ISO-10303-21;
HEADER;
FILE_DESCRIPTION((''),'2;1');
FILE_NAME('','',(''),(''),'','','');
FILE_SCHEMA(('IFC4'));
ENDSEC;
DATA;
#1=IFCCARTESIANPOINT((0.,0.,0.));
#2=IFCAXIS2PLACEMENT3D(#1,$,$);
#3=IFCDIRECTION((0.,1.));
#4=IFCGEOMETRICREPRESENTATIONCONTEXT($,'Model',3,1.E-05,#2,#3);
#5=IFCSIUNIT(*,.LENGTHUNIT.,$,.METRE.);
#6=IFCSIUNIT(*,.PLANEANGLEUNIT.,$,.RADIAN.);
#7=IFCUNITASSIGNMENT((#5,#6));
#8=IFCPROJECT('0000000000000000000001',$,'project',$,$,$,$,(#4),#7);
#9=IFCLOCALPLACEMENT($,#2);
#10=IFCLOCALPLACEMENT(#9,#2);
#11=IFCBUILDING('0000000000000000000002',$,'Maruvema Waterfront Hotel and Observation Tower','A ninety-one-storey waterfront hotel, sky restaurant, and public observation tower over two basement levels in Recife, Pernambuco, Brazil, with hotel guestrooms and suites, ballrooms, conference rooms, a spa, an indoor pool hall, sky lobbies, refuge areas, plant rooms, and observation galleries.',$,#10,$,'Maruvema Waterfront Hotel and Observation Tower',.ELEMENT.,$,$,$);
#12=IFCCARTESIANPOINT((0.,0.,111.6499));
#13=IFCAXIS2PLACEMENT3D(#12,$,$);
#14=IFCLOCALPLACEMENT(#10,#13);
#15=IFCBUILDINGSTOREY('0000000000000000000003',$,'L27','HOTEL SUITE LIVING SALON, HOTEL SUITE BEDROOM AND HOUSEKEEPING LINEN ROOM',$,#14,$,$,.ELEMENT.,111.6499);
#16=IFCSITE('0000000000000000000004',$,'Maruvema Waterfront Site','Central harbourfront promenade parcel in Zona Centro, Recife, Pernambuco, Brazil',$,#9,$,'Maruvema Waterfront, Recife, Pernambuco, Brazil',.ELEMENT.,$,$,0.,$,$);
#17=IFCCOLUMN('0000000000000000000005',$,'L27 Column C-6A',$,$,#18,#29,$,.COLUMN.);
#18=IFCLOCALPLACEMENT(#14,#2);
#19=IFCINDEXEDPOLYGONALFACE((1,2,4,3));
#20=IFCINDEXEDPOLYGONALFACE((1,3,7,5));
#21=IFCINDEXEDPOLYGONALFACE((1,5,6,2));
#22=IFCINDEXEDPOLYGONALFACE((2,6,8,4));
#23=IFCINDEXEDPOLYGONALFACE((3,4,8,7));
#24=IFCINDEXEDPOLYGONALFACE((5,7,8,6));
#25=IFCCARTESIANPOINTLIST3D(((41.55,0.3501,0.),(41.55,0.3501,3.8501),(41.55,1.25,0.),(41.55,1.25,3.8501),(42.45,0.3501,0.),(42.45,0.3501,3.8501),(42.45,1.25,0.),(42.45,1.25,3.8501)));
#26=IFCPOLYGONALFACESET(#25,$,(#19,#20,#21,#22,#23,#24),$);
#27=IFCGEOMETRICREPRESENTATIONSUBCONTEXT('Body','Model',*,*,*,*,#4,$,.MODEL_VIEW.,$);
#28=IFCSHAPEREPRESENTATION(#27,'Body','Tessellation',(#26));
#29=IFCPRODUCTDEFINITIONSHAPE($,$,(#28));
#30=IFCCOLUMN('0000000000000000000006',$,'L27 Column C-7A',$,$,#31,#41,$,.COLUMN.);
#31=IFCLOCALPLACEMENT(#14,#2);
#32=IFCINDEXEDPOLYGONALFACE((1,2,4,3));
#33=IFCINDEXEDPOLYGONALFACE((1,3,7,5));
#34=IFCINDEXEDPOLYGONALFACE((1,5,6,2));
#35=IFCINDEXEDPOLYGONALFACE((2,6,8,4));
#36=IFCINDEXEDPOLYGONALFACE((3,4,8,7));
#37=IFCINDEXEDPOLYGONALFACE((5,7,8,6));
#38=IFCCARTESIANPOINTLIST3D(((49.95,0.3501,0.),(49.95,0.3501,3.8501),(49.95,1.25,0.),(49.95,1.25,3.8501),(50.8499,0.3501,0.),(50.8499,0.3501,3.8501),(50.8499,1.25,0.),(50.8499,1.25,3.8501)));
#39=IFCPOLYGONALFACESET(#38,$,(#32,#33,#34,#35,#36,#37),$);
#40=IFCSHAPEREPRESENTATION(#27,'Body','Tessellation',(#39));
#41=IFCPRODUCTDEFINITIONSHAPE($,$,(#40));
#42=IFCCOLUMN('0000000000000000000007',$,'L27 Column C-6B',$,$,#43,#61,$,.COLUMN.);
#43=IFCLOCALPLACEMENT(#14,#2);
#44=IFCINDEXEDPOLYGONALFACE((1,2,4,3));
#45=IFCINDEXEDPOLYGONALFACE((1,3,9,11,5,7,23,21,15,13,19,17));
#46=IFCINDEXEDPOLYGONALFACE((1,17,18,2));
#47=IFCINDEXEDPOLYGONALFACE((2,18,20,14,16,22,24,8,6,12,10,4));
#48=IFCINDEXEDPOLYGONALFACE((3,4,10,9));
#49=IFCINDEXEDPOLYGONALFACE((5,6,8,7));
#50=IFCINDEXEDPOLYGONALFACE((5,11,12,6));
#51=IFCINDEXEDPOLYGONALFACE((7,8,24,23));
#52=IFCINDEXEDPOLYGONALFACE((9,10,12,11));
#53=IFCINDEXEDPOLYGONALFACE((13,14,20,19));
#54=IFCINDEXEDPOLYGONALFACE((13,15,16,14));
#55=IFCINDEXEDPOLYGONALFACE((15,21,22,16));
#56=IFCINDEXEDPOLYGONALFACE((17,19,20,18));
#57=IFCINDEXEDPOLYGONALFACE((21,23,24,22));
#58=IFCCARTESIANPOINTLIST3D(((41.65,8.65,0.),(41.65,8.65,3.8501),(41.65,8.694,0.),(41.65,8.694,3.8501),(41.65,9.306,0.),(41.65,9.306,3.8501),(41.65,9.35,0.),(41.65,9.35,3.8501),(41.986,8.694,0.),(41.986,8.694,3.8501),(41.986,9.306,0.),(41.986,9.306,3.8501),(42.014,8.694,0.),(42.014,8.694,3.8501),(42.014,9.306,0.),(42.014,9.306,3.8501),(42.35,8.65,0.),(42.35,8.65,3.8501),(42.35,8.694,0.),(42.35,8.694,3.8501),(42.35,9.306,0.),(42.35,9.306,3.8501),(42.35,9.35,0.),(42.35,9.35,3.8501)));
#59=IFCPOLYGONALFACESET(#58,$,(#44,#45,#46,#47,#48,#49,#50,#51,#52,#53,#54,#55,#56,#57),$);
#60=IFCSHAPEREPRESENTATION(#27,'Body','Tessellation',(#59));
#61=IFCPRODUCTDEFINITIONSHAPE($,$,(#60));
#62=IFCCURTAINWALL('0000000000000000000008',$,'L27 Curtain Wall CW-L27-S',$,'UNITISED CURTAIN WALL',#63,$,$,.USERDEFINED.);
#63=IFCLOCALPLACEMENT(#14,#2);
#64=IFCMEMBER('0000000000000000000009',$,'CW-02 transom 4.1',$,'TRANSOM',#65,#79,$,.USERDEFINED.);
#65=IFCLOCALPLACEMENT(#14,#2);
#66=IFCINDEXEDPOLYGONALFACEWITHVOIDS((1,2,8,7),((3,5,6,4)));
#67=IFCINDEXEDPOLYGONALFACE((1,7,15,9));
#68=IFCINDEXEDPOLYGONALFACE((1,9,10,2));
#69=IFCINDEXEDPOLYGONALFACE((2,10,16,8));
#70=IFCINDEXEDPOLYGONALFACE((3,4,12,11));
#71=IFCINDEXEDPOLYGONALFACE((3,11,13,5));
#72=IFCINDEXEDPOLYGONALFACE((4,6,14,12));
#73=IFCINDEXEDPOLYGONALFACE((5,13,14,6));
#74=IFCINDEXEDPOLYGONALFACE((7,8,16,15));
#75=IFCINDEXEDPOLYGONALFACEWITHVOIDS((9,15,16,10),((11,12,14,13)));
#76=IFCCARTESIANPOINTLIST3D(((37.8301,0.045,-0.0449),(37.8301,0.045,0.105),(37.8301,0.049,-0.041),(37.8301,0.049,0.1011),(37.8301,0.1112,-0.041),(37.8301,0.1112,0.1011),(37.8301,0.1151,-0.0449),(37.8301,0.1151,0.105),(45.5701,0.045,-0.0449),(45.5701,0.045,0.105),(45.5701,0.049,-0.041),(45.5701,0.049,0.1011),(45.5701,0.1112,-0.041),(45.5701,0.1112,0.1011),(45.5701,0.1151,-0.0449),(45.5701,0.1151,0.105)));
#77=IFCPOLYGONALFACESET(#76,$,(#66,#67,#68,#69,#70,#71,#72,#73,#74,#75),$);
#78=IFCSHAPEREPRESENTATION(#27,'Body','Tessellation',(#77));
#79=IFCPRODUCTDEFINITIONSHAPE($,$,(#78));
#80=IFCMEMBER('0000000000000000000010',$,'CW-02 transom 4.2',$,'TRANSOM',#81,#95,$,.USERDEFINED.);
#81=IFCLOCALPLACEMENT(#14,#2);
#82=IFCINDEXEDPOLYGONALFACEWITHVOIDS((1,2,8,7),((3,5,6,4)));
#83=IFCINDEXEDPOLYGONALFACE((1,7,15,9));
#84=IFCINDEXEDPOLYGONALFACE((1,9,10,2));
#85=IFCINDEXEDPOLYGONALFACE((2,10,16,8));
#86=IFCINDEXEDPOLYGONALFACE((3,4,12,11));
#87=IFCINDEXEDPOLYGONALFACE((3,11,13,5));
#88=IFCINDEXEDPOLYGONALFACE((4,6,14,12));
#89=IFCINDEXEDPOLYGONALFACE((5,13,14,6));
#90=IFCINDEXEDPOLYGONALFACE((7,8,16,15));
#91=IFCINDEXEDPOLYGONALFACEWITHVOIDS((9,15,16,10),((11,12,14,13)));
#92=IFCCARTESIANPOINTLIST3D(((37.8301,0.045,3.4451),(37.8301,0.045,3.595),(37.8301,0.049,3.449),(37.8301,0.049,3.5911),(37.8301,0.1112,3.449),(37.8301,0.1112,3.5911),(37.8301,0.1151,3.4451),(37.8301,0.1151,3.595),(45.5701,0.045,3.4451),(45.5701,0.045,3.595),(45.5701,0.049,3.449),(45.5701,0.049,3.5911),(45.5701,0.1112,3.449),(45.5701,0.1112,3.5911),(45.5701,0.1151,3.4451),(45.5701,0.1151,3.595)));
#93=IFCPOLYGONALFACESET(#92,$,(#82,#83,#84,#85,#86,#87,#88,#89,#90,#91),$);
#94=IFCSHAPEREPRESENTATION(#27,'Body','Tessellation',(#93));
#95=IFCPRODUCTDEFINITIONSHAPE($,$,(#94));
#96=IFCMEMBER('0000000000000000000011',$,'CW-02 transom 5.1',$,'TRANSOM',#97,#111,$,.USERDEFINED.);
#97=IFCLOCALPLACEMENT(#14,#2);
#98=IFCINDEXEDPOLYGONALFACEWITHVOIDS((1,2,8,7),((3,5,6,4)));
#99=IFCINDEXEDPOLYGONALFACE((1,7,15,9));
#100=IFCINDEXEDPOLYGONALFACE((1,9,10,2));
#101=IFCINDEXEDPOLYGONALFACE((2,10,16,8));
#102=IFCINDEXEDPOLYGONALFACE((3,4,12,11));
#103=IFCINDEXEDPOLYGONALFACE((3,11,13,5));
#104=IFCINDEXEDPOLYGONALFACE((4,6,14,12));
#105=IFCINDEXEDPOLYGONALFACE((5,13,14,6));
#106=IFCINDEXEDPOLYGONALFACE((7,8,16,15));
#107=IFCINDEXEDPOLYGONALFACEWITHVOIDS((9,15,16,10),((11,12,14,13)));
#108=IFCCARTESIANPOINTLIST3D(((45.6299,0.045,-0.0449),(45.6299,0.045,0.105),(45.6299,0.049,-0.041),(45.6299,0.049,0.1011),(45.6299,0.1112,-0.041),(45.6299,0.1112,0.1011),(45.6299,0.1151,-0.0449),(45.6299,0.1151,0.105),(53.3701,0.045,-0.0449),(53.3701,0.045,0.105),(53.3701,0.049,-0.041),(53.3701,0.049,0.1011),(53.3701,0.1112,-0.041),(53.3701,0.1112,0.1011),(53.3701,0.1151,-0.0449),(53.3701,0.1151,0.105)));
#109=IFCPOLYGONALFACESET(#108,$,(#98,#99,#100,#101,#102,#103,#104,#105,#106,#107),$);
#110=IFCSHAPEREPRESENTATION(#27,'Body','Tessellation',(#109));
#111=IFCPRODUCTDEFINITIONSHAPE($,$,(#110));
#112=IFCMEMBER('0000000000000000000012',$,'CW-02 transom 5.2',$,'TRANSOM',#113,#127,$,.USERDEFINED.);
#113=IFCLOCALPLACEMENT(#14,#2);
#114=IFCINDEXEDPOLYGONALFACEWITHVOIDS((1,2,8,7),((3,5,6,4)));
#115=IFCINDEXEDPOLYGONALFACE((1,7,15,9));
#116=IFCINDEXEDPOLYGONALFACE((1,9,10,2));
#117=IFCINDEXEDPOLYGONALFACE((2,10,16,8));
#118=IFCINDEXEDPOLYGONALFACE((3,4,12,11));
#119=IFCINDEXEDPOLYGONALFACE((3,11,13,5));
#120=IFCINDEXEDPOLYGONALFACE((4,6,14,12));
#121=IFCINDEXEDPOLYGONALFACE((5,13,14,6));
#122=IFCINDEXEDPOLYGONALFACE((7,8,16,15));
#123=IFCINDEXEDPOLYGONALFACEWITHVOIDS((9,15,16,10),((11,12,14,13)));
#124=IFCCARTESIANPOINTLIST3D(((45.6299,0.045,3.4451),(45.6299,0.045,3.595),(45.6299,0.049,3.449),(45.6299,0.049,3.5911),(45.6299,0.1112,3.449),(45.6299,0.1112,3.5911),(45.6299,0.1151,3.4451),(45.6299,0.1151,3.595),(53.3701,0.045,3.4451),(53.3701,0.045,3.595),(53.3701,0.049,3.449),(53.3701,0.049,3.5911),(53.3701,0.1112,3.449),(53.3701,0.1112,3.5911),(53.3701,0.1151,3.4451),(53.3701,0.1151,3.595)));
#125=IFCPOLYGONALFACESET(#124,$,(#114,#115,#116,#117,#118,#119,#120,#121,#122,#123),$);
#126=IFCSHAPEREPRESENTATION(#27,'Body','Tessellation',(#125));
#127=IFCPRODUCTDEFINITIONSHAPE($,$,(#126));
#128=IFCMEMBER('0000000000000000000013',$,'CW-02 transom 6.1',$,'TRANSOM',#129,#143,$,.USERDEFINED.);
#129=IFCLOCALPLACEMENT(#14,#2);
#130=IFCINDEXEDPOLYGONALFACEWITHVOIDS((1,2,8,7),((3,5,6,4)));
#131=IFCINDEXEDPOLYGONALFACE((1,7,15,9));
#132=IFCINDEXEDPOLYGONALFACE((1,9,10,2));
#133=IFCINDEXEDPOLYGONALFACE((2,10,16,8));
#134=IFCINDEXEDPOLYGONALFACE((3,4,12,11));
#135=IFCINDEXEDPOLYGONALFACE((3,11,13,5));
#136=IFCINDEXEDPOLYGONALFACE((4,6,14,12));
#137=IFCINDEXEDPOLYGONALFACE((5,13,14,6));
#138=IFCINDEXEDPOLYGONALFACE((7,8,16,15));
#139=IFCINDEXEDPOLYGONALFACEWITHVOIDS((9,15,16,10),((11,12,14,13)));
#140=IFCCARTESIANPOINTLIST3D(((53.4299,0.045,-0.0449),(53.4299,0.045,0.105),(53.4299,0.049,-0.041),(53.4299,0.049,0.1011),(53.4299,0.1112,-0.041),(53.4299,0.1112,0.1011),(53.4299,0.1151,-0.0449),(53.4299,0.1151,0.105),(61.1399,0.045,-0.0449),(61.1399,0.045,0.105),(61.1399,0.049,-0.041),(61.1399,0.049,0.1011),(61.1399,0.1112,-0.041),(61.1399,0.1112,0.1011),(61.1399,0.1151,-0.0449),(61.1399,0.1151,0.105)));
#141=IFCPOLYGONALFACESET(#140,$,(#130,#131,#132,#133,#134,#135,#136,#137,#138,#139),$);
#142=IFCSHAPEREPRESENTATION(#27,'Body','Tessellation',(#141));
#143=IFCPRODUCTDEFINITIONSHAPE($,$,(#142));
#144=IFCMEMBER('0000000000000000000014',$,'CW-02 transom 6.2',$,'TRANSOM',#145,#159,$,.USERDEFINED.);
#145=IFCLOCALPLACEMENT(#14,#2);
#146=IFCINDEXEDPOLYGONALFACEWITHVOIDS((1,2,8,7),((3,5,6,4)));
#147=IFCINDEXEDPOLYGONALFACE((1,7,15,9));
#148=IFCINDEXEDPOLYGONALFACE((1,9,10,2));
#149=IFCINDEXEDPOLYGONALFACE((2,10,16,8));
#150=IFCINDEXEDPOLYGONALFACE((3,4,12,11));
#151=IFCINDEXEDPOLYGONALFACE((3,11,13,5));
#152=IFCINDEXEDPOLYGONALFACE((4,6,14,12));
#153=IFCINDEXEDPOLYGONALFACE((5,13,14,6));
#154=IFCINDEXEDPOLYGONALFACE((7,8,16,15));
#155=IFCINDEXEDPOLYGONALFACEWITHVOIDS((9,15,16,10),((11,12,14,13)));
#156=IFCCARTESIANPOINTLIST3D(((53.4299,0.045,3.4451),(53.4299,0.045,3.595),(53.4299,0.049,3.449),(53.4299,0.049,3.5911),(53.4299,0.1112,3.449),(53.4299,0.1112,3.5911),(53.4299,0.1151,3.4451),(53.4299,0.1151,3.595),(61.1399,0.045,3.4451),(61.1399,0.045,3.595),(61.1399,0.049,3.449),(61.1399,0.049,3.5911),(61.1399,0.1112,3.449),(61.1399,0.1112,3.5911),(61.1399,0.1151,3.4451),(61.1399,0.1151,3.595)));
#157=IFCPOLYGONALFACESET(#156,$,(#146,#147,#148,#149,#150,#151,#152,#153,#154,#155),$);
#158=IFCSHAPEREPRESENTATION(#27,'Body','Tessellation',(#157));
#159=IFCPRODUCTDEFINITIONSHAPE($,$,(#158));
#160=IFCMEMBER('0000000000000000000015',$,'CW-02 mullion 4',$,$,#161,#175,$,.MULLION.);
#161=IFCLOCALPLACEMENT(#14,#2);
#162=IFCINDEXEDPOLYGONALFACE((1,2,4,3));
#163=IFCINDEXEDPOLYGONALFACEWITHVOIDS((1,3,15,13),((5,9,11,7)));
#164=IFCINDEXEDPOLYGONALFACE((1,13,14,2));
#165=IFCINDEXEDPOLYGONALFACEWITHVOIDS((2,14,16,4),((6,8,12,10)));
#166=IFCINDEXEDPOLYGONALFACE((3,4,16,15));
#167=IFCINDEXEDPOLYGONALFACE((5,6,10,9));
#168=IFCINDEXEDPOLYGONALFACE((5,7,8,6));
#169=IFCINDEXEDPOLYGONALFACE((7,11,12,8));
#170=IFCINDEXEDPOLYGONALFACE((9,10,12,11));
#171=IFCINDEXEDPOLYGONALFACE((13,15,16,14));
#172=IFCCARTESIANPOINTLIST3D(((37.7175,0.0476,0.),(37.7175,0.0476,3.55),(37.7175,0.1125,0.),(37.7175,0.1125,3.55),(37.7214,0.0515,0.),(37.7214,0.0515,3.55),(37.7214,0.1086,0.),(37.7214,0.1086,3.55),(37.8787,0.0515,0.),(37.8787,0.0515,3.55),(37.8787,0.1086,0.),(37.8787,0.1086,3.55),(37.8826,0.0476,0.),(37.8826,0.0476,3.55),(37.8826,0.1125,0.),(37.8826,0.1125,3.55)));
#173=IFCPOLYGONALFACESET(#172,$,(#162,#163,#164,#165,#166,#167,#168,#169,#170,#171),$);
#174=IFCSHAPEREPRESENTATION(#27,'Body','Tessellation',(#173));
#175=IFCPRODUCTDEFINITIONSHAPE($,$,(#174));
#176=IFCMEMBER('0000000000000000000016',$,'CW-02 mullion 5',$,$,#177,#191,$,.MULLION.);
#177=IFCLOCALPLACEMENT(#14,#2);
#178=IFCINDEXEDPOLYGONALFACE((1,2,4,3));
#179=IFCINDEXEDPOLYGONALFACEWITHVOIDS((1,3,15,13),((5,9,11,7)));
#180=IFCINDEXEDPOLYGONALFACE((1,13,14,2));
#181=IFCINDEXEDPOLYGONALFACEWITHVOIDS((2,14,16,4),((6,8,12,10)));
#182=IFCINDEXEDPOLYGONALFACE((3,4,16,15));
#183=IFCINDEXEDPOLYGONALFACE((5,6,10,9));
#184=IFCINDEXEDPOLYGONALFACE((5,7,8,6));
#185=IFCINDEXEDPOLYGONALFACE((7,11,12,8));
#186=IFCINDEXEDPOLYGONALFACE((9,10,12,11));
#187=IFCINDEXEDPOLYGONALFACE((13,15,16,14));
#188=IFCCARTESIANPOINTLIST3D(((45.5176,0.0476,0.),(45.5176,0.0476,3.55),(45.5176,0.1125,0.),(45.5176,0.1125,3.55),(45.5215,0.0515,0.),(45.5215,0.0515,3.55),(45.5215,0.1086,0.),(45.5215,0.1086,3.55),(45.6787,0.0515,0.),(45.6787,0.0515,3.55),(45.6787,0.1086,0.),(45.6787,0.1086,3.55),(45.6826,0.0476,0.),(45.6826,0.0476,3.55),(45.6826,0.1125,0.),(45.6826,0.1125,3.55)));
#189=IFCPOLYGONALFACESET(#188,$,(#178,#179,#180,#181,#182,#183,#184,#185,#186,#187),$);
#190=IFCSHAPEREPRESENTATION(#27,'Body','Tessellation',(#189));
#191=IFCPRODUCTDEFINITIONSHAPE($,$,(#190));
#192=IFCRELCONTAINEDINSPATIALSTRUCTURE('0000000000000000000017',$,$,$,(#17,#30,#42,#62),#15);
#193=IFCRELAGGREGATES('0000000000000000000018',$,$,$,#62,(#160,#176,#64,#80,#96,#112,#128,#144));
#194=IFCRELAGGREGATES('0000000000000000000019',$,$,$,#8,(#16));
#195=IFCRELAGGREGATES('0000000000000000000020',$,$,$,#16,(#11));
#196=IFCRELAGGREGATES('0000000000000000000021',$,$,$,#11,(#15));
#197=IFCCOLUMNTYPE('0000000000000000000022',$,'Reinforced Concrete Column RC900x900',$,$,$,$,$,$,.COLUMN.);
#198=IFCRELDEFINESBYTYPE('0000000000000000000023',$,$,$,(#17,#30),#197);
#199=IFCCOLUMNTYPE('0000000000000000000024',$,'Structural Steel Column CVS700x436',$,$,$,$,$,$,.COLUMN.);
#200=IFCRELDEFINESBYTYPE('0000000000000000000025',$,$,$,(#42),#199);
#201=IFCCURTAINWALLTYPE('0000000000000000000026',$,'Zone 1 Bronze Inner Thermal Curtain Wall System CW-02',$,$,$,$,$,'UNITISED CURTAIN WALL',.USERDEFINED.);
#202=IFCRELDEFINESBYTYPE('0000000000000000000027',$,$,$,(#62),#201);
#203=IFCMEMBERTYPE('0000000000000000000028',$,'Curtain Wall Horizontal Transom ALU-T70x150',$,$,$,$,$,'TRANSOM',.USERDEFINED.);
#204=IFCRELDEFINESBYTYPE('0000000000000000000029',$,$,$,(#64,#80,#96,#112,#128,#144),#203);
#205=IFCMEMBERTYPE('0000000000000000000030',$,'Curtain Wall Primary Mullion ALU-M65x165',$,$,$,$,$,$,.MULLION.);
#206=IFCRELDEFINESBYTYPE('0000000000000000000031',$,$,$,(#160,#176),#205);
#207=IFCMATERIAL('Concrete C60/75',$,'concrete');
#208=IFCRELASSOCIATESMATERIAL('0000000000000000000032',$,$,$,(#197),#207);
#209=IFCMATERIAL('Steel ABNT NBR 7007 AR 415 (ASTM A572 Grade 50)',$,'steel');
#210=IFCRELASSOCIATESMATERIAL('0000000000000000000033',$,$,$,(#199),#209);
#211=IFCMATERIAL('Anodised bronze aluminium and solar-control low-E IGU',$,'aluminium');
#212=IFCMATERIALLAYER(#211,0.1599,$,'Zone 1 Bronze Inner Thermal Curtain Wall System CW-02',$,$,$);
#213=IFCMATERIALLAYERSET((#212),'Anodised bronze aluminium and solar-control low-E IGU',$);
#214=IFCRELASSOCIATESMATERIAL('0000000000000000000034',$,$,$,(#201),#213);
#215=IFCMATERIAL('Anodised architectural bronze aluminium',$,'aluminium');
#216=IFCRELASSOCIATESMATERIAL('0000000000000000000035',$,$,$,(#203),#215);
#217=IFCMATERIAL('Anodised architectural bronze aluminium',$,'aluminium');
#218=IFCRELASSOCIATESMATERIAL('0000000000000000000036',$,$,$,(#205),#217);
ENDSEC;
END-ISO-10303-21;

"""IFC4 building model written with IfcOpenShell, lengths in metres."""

from ifc_helpers import new_model, si_unit, direction, frame, origin, origin_2d, place, context, subcontext, project, spatial, rectangle, hollow_rectangle, i_section, extrude, material, layer, layer_set, material_profile, profile_set, type_object, element, aggregate, save


model = new_model("IFC4")

# Units and contexts
model_context = context("Model", 3, precision=1e-05, world=origin(), true_north=direction((0.0, 1.0)))
body_context = subcontext(model_context, "Body", "Model", "MODEL_VIEW")
ifc_project = project(units=[si_unit("LENGTHUNIT", "METRE"), si_unit("PLANEANGLEUNIT", "RADIAN")], contexts=[model_context])

# Site, building, storey
site_placement = place(None, origin())
site = spatial("IfcSite", under=ifc_project, at=site_placement, Name="Maruvema Waterfront Site", Description="Central harbourfront promenade parcel in Zona Centro, Recife, Pernambuco, Brazil", LongName="Maruvema Waterfront, Recife, Pernambuco, Brazil", CompositionType="ELEMENT", RefElevation=0.0)
building_placement = place(site_placement, origin())
building = spatial("IfcBuilding", under=site, at=building_placement, Name="Maruvema Waterfront Hotel and Observation Tower", Description="A ninety-one-storey waterfront hotel, sky restaurant, and public observation tower over two basement levels in Recife, Pernambuco, Brazil, with hotel guestrooms and suites, ballrooms, conference rooms, a spa, an indoor pool hall, sky lobbies, refuge areas, plant rooms, and observation galleries.", LongName="Maruvema Waterfront Hotel and Observation Tower", CompositionType="ELEMENT")
storey_placement = place(building_placement, frame((0.0, 0.0, 111.6499)))
storey = spatial("IfcBuildingStorey", under=building, at=storey_placement, Name="L27", Description="HOTEL SUITE LIVING SALON, HOTEL SUITE BEDROOM AND HOUSEKEEPING LINEN ROOM", CompositionType="ELEMENT", Elevation=111.6499)

# Columns
ifc_material_1 = material(Name="Concrete C60/75", Category="concrete")
ifc_material_profile_1 = material_profile(ifc_material_1, rectangle(XDim=0.8999, YDim=0.8999, at=origin_2d()), Name="RC900x900")
ifc_profile_set_1 = profile_set([ifc_material_profile_1], Name="Concrete C60/75")
column_type_1 = type_object("IfcColumnType", Name="Reinforced Concrete Column RC900x900", PredefinedType="COLUMN", material=ifc_profile_set_1)
for number, where, z_axis, x_axis, name in (
    (1, (42.0, 0.8, 0.0), (0.0, 0.0, 1.0), (1.0, 0.0, 0.0), "L27 Column C-6A"),
    (2, (50.3999, 0.8, 0.0), (0.0, 0.0, 1.0), (1.0, 0.0, 0.0), "L27 Column C-7A"),
):
    element("IfcColumn", number, at=place(storey_placement, frame(where, z_axis=z_axis, x_axis=x_axis)), inside=storey, type_object=column_type_1, Name=name, PredefinedType="COLUMN", context=body_context, shape_type="SweptSolid", body=[
        extrude(rectangle(XDim=0.8999, YDim=0.8999, at=origin_2d()), origin(), (0.0, 0.0, 1.0), 3.8501),
    ])
ifc_material_2 = material(Name="Steel ABNT NBR 7007 AR 415 (ASTM A572 Grade 50)", Category="steel")
ifc_material_profile_2 = material_profile(ifc_material_2, i_section(OverallWidth=0.7, OverallDepth=0.7, WebThickness=0.0281, FlangeThickness=0.0439, at=origin_2d()), Name="CVS700x436")
ifc_profile_set_2 = profile_set([ifc_material_profile_2], Name="Steel ABNT NBR 7007 AR 415 (ASTM A572 Grade 50)")
column_type_2 = type_object("IfcColumnType", Name="Structural Steel Column CVS700x436", PredefinedType="COLUMN", material=ifc_profile_set_2)
column_placement = place(storey_placement, frame((42.0, 9.0, 0.0), z_axis=(0.0, 0.0, 1.0), x_axis=(1.0, 0.0, 0.0)))
element("IfcColumn", 3, at=column_placement, inside=storey, type_object=column_type_2, Name="L27 Column C-6B", PredefinedType="COLUMN", context=body_context, shape_type="SweptSolid", body=[
    extrude(i_section(OverallWidth=0.7, OverallDepth=0.7, WebThickness=0.0281, FlangeThickness=0.0439, at=origin_2d()), origin(), (0.0, 0.0, 1.0), 3.8501),
])

# Curtain wall, members
ifc_material_3 = material(Name="Anodised bronze aluminium and solar-control low-E IGU", Category="aluminium")
ifc_layer_1 = layer(ifc_material_3, 0.1599, Name="Zone 1 Bronze Inner Thermal Curtain Wall System CW-02")
ifc_layer_set_1 = layer_set([ifc_layer_1], Name="Anodised bronze aluminium and solar-control low-E IGU")
curtain_wall_type = type_object("IfcCurtainWallType", Name="Zone 1 Bronze Inner Thermal Curtain Wall System CW-02", ElementType="UNITISED CURTAIN WALL", PredefinedType="USERDEFINED", material=ifc_layer_set_1)
curtain_wall_placement = place(storey_placement, origin())
curtain_wall = element("IfcCurtainWall", 4, at=curtain_wall_placement, inside=storey, type_object=curtain_wall_type, Name="L27 Curtain Wall CW-L27-S", ObjectType="UNITISED CURTAIN WALL", PredefinedType="USERDEFINED")
ifc_material_4 = material(Name="Anodised architectural bronze aluminium", Category="aluminium")
ifc_material_profile_3 = material_profile(ifc_material_4, hollow_rectangle(XDim=0.0701, YDim=0.1499, WallThickness=0.0039, at=origin_2d()), Name="ALU-T70x150")
ifc_profile_set_3 = profile_set([ifc_material_profile_3], Name="Anodised architectural bronze aluminium")
member_type_1 = type_object("IfcMemberType", Name="Curtain Wall Horizontal Transom ALU-T70x150", ElementType="TRANSOM", PredefinedType="USERDEFINED", material=ifc_profile_set_3)
member_1_placement = place(storey_placement, frame((37.8301, 0.0801, 0.03), z_axis=(1.0, 0.0, 0.0), x_axis=(0.0, 1.0, 0.0)))
member_1 = element("IfcMember", 5, at=member_1_placement, type_object=member_type_1, Name="CW-02 transom 4.1", ObjectType="TRANSOM", PredefinedType="USERDEFINED", context=body_context, shape_type="SweptSolid", body=[
    extrude(hollow_rectangle(XDim=0.0701, YDim=0.1499, WallThickness=0.0039, at=origin_2d()), origin(), (0.0, 0.0, 1.0), 7.74),
])
member_2_placement = place(storey_placement, frame((37.8301, 0.0801, 3.52), z_axis=(1.0, 0.0, 0.0), x_axis=(0.0, 1.0, 0.0)))
member_2 = element("IfcMember", 6, at=member_2_placement, type_object=member_type_1, Name="CW-02 transom 4.2", ObjectType="TRANSOM", PredefinedType="USERDEFINED", context=body_context, shape_type="SweptSolid", body=[
    extrude(hollow_rectangle(XDim=0.0701, YDim=0.1499, WallThickness=0.0039, at=origin_2d()), origin(), (0.0, 0.0, 1.0), 7.74),
])
member_3_placement = place(storey_placement, frame((45.6299, 0.0801, 0.03), z_axis=(1.0, 0.0, 0.0), x_axis=(0.0, 1.0, 0.0)))
member_3 = element("IfcMember", 7, at=member_3_placement, type_object=member_type_1, Name="CW-02 transom 5.1", ObjectType="TRANSOM", PredefinedType="USERDEFINED", context=body_context, shape_type="SweptSolid", body=[
    extrude(hollow_rectangle(XDim=0.0701, YDim=0.1499, WallThickness=0.0039, at=origin_2d()), origin(), (0.0, 0.0, 1.0), 7.7402),
])
member_4_placement = place(storey_placement, frame((45.6299, 0.0801, 3.52), z_axis=(1.0, 0.0, 0.0), x_axis=(0.0, 1.0, 0.0)))
member_4 = element("IfcMember", 8, at=member_4_placement, type_object=member_type_1, Name="CW-02 transom 5.2", ObjectType="TRANSOM", PredefinedType="USERDEFINED", context=body_context, shape_type="SweptSolid", body=[
    extrude(hollow_rectangle(XDim=0.0701, YDim=0.1499, WallThickness=0.0039, at=origin_2d()), origin(), (0.0, 0.0, 1.0), 7.7402),
])
member_5_placement = place(storey_placement, frame((53.4299, 0.0801, 0.03), z_axis=(1.0, 0.0, 0.0), x_axis=(0.0, 1.0, 0.0)))
member_5 = element("IfcMember", 9, at=member_5_placement, type_object=member_type_1, Name="CW-02 transom 6.1", ObjectType="TRANSOM", PredefinedType="USERDEFINED", context=body_context, shape_type="SweptSolid", body=[
    extrude(hollow_rectangle(XDim=0.0701, YDim=0.1499, WallThickness=0.0039, at=origin_2d()), origin(), (0.0, 0.0, 1.0), 7.71),
])
member_6_placement = place(storey_placement, frame((53.4299, 0.0801, 3.52), z_axis=(1.0, 0.0, 0.0), x_axis=(0.0, 1.0, 0.0)))
member_6 = element("IfcMember", 10, at=member_6_placement, type_object=member_type_1, Name="CW-02 transom 6.2", ObjectType="TRANSOM", PredefinedType="USERDEFINED", context=body_context, shape_type="SweptSolid", body=[
    extrude(hollow_rectangle(XDim=0.0701, YDim=0.1499, WallThickness=0.0039, at=origin_2d()), origin(), (0.0, 0.0, 1.0), 7.71),
])
ifc_material_5 = material(Name="Anodised architectural bronze aluminium", Category="aluminium")
ifc_material_profile_4 = material_profile(ifc_material_5, hollow_rectangle(XDim=0.0649, YDim=0.165, WallThickness=0.0039, at=origin_2d()), Name="ALU-M65x165")
ifc_profile_set_4 = profile_set([ifc_material_profile_4], Name="Anodised architectural bronze aluminium")
member_type_2 = type_object("IfcMemberType", Name="Curtain Wall Primary Mullion ALU-M65x165", PredefinedType="MULLION", material=ifc_profile_set_4)
member_7_placement = place(storey_placement, frame((37.8, 0.0801, 0.0), z_axis=(0.0, 0.0, 1.0), x_axis=(0.0, 1.0, 0.0)))
member_7 = element("IfcMember", 11, at=member_7_placement, type_object=member_type_2, Name="CW-02 mullion 4", PredefinedType="MULLION", context=body_context, shape_type="SweptSolid", body=[
    extrude(hollow_rectangle(XDim=0.0649, YDim=0.165, WallThickness=0.0039, at=origin_2d()), origin(), (0.0, 0.0, 1.0), 3.55),
])
member_8_placement = place(storey_placement, frame((45.6001, 0.0801, 0.0), z_axis=(0.0, 0.0, 1.0), x_axis=(0.0, 1.0, 0.0)))
member_8 = element("IfcMember", 12, at=member_8_placement, type_object=member_type_2, Name="CW-02 mullion 5", PredefinedType="MULLION", context=body_context, shape_type="SweptSolid", body=[
    extrude(hollow_rectangle(XDim=0.0649, YDim=0.165, WallThickness=0.0039, at=origin_2d()), origin(), (0.0, 0.0, 1.0), 3.55),
])

aggregate(curtain_wall, [member_7, member_8, member_1, member_2, member_3, member_4, member_5, member_6])

save(model, "model.ifc")
